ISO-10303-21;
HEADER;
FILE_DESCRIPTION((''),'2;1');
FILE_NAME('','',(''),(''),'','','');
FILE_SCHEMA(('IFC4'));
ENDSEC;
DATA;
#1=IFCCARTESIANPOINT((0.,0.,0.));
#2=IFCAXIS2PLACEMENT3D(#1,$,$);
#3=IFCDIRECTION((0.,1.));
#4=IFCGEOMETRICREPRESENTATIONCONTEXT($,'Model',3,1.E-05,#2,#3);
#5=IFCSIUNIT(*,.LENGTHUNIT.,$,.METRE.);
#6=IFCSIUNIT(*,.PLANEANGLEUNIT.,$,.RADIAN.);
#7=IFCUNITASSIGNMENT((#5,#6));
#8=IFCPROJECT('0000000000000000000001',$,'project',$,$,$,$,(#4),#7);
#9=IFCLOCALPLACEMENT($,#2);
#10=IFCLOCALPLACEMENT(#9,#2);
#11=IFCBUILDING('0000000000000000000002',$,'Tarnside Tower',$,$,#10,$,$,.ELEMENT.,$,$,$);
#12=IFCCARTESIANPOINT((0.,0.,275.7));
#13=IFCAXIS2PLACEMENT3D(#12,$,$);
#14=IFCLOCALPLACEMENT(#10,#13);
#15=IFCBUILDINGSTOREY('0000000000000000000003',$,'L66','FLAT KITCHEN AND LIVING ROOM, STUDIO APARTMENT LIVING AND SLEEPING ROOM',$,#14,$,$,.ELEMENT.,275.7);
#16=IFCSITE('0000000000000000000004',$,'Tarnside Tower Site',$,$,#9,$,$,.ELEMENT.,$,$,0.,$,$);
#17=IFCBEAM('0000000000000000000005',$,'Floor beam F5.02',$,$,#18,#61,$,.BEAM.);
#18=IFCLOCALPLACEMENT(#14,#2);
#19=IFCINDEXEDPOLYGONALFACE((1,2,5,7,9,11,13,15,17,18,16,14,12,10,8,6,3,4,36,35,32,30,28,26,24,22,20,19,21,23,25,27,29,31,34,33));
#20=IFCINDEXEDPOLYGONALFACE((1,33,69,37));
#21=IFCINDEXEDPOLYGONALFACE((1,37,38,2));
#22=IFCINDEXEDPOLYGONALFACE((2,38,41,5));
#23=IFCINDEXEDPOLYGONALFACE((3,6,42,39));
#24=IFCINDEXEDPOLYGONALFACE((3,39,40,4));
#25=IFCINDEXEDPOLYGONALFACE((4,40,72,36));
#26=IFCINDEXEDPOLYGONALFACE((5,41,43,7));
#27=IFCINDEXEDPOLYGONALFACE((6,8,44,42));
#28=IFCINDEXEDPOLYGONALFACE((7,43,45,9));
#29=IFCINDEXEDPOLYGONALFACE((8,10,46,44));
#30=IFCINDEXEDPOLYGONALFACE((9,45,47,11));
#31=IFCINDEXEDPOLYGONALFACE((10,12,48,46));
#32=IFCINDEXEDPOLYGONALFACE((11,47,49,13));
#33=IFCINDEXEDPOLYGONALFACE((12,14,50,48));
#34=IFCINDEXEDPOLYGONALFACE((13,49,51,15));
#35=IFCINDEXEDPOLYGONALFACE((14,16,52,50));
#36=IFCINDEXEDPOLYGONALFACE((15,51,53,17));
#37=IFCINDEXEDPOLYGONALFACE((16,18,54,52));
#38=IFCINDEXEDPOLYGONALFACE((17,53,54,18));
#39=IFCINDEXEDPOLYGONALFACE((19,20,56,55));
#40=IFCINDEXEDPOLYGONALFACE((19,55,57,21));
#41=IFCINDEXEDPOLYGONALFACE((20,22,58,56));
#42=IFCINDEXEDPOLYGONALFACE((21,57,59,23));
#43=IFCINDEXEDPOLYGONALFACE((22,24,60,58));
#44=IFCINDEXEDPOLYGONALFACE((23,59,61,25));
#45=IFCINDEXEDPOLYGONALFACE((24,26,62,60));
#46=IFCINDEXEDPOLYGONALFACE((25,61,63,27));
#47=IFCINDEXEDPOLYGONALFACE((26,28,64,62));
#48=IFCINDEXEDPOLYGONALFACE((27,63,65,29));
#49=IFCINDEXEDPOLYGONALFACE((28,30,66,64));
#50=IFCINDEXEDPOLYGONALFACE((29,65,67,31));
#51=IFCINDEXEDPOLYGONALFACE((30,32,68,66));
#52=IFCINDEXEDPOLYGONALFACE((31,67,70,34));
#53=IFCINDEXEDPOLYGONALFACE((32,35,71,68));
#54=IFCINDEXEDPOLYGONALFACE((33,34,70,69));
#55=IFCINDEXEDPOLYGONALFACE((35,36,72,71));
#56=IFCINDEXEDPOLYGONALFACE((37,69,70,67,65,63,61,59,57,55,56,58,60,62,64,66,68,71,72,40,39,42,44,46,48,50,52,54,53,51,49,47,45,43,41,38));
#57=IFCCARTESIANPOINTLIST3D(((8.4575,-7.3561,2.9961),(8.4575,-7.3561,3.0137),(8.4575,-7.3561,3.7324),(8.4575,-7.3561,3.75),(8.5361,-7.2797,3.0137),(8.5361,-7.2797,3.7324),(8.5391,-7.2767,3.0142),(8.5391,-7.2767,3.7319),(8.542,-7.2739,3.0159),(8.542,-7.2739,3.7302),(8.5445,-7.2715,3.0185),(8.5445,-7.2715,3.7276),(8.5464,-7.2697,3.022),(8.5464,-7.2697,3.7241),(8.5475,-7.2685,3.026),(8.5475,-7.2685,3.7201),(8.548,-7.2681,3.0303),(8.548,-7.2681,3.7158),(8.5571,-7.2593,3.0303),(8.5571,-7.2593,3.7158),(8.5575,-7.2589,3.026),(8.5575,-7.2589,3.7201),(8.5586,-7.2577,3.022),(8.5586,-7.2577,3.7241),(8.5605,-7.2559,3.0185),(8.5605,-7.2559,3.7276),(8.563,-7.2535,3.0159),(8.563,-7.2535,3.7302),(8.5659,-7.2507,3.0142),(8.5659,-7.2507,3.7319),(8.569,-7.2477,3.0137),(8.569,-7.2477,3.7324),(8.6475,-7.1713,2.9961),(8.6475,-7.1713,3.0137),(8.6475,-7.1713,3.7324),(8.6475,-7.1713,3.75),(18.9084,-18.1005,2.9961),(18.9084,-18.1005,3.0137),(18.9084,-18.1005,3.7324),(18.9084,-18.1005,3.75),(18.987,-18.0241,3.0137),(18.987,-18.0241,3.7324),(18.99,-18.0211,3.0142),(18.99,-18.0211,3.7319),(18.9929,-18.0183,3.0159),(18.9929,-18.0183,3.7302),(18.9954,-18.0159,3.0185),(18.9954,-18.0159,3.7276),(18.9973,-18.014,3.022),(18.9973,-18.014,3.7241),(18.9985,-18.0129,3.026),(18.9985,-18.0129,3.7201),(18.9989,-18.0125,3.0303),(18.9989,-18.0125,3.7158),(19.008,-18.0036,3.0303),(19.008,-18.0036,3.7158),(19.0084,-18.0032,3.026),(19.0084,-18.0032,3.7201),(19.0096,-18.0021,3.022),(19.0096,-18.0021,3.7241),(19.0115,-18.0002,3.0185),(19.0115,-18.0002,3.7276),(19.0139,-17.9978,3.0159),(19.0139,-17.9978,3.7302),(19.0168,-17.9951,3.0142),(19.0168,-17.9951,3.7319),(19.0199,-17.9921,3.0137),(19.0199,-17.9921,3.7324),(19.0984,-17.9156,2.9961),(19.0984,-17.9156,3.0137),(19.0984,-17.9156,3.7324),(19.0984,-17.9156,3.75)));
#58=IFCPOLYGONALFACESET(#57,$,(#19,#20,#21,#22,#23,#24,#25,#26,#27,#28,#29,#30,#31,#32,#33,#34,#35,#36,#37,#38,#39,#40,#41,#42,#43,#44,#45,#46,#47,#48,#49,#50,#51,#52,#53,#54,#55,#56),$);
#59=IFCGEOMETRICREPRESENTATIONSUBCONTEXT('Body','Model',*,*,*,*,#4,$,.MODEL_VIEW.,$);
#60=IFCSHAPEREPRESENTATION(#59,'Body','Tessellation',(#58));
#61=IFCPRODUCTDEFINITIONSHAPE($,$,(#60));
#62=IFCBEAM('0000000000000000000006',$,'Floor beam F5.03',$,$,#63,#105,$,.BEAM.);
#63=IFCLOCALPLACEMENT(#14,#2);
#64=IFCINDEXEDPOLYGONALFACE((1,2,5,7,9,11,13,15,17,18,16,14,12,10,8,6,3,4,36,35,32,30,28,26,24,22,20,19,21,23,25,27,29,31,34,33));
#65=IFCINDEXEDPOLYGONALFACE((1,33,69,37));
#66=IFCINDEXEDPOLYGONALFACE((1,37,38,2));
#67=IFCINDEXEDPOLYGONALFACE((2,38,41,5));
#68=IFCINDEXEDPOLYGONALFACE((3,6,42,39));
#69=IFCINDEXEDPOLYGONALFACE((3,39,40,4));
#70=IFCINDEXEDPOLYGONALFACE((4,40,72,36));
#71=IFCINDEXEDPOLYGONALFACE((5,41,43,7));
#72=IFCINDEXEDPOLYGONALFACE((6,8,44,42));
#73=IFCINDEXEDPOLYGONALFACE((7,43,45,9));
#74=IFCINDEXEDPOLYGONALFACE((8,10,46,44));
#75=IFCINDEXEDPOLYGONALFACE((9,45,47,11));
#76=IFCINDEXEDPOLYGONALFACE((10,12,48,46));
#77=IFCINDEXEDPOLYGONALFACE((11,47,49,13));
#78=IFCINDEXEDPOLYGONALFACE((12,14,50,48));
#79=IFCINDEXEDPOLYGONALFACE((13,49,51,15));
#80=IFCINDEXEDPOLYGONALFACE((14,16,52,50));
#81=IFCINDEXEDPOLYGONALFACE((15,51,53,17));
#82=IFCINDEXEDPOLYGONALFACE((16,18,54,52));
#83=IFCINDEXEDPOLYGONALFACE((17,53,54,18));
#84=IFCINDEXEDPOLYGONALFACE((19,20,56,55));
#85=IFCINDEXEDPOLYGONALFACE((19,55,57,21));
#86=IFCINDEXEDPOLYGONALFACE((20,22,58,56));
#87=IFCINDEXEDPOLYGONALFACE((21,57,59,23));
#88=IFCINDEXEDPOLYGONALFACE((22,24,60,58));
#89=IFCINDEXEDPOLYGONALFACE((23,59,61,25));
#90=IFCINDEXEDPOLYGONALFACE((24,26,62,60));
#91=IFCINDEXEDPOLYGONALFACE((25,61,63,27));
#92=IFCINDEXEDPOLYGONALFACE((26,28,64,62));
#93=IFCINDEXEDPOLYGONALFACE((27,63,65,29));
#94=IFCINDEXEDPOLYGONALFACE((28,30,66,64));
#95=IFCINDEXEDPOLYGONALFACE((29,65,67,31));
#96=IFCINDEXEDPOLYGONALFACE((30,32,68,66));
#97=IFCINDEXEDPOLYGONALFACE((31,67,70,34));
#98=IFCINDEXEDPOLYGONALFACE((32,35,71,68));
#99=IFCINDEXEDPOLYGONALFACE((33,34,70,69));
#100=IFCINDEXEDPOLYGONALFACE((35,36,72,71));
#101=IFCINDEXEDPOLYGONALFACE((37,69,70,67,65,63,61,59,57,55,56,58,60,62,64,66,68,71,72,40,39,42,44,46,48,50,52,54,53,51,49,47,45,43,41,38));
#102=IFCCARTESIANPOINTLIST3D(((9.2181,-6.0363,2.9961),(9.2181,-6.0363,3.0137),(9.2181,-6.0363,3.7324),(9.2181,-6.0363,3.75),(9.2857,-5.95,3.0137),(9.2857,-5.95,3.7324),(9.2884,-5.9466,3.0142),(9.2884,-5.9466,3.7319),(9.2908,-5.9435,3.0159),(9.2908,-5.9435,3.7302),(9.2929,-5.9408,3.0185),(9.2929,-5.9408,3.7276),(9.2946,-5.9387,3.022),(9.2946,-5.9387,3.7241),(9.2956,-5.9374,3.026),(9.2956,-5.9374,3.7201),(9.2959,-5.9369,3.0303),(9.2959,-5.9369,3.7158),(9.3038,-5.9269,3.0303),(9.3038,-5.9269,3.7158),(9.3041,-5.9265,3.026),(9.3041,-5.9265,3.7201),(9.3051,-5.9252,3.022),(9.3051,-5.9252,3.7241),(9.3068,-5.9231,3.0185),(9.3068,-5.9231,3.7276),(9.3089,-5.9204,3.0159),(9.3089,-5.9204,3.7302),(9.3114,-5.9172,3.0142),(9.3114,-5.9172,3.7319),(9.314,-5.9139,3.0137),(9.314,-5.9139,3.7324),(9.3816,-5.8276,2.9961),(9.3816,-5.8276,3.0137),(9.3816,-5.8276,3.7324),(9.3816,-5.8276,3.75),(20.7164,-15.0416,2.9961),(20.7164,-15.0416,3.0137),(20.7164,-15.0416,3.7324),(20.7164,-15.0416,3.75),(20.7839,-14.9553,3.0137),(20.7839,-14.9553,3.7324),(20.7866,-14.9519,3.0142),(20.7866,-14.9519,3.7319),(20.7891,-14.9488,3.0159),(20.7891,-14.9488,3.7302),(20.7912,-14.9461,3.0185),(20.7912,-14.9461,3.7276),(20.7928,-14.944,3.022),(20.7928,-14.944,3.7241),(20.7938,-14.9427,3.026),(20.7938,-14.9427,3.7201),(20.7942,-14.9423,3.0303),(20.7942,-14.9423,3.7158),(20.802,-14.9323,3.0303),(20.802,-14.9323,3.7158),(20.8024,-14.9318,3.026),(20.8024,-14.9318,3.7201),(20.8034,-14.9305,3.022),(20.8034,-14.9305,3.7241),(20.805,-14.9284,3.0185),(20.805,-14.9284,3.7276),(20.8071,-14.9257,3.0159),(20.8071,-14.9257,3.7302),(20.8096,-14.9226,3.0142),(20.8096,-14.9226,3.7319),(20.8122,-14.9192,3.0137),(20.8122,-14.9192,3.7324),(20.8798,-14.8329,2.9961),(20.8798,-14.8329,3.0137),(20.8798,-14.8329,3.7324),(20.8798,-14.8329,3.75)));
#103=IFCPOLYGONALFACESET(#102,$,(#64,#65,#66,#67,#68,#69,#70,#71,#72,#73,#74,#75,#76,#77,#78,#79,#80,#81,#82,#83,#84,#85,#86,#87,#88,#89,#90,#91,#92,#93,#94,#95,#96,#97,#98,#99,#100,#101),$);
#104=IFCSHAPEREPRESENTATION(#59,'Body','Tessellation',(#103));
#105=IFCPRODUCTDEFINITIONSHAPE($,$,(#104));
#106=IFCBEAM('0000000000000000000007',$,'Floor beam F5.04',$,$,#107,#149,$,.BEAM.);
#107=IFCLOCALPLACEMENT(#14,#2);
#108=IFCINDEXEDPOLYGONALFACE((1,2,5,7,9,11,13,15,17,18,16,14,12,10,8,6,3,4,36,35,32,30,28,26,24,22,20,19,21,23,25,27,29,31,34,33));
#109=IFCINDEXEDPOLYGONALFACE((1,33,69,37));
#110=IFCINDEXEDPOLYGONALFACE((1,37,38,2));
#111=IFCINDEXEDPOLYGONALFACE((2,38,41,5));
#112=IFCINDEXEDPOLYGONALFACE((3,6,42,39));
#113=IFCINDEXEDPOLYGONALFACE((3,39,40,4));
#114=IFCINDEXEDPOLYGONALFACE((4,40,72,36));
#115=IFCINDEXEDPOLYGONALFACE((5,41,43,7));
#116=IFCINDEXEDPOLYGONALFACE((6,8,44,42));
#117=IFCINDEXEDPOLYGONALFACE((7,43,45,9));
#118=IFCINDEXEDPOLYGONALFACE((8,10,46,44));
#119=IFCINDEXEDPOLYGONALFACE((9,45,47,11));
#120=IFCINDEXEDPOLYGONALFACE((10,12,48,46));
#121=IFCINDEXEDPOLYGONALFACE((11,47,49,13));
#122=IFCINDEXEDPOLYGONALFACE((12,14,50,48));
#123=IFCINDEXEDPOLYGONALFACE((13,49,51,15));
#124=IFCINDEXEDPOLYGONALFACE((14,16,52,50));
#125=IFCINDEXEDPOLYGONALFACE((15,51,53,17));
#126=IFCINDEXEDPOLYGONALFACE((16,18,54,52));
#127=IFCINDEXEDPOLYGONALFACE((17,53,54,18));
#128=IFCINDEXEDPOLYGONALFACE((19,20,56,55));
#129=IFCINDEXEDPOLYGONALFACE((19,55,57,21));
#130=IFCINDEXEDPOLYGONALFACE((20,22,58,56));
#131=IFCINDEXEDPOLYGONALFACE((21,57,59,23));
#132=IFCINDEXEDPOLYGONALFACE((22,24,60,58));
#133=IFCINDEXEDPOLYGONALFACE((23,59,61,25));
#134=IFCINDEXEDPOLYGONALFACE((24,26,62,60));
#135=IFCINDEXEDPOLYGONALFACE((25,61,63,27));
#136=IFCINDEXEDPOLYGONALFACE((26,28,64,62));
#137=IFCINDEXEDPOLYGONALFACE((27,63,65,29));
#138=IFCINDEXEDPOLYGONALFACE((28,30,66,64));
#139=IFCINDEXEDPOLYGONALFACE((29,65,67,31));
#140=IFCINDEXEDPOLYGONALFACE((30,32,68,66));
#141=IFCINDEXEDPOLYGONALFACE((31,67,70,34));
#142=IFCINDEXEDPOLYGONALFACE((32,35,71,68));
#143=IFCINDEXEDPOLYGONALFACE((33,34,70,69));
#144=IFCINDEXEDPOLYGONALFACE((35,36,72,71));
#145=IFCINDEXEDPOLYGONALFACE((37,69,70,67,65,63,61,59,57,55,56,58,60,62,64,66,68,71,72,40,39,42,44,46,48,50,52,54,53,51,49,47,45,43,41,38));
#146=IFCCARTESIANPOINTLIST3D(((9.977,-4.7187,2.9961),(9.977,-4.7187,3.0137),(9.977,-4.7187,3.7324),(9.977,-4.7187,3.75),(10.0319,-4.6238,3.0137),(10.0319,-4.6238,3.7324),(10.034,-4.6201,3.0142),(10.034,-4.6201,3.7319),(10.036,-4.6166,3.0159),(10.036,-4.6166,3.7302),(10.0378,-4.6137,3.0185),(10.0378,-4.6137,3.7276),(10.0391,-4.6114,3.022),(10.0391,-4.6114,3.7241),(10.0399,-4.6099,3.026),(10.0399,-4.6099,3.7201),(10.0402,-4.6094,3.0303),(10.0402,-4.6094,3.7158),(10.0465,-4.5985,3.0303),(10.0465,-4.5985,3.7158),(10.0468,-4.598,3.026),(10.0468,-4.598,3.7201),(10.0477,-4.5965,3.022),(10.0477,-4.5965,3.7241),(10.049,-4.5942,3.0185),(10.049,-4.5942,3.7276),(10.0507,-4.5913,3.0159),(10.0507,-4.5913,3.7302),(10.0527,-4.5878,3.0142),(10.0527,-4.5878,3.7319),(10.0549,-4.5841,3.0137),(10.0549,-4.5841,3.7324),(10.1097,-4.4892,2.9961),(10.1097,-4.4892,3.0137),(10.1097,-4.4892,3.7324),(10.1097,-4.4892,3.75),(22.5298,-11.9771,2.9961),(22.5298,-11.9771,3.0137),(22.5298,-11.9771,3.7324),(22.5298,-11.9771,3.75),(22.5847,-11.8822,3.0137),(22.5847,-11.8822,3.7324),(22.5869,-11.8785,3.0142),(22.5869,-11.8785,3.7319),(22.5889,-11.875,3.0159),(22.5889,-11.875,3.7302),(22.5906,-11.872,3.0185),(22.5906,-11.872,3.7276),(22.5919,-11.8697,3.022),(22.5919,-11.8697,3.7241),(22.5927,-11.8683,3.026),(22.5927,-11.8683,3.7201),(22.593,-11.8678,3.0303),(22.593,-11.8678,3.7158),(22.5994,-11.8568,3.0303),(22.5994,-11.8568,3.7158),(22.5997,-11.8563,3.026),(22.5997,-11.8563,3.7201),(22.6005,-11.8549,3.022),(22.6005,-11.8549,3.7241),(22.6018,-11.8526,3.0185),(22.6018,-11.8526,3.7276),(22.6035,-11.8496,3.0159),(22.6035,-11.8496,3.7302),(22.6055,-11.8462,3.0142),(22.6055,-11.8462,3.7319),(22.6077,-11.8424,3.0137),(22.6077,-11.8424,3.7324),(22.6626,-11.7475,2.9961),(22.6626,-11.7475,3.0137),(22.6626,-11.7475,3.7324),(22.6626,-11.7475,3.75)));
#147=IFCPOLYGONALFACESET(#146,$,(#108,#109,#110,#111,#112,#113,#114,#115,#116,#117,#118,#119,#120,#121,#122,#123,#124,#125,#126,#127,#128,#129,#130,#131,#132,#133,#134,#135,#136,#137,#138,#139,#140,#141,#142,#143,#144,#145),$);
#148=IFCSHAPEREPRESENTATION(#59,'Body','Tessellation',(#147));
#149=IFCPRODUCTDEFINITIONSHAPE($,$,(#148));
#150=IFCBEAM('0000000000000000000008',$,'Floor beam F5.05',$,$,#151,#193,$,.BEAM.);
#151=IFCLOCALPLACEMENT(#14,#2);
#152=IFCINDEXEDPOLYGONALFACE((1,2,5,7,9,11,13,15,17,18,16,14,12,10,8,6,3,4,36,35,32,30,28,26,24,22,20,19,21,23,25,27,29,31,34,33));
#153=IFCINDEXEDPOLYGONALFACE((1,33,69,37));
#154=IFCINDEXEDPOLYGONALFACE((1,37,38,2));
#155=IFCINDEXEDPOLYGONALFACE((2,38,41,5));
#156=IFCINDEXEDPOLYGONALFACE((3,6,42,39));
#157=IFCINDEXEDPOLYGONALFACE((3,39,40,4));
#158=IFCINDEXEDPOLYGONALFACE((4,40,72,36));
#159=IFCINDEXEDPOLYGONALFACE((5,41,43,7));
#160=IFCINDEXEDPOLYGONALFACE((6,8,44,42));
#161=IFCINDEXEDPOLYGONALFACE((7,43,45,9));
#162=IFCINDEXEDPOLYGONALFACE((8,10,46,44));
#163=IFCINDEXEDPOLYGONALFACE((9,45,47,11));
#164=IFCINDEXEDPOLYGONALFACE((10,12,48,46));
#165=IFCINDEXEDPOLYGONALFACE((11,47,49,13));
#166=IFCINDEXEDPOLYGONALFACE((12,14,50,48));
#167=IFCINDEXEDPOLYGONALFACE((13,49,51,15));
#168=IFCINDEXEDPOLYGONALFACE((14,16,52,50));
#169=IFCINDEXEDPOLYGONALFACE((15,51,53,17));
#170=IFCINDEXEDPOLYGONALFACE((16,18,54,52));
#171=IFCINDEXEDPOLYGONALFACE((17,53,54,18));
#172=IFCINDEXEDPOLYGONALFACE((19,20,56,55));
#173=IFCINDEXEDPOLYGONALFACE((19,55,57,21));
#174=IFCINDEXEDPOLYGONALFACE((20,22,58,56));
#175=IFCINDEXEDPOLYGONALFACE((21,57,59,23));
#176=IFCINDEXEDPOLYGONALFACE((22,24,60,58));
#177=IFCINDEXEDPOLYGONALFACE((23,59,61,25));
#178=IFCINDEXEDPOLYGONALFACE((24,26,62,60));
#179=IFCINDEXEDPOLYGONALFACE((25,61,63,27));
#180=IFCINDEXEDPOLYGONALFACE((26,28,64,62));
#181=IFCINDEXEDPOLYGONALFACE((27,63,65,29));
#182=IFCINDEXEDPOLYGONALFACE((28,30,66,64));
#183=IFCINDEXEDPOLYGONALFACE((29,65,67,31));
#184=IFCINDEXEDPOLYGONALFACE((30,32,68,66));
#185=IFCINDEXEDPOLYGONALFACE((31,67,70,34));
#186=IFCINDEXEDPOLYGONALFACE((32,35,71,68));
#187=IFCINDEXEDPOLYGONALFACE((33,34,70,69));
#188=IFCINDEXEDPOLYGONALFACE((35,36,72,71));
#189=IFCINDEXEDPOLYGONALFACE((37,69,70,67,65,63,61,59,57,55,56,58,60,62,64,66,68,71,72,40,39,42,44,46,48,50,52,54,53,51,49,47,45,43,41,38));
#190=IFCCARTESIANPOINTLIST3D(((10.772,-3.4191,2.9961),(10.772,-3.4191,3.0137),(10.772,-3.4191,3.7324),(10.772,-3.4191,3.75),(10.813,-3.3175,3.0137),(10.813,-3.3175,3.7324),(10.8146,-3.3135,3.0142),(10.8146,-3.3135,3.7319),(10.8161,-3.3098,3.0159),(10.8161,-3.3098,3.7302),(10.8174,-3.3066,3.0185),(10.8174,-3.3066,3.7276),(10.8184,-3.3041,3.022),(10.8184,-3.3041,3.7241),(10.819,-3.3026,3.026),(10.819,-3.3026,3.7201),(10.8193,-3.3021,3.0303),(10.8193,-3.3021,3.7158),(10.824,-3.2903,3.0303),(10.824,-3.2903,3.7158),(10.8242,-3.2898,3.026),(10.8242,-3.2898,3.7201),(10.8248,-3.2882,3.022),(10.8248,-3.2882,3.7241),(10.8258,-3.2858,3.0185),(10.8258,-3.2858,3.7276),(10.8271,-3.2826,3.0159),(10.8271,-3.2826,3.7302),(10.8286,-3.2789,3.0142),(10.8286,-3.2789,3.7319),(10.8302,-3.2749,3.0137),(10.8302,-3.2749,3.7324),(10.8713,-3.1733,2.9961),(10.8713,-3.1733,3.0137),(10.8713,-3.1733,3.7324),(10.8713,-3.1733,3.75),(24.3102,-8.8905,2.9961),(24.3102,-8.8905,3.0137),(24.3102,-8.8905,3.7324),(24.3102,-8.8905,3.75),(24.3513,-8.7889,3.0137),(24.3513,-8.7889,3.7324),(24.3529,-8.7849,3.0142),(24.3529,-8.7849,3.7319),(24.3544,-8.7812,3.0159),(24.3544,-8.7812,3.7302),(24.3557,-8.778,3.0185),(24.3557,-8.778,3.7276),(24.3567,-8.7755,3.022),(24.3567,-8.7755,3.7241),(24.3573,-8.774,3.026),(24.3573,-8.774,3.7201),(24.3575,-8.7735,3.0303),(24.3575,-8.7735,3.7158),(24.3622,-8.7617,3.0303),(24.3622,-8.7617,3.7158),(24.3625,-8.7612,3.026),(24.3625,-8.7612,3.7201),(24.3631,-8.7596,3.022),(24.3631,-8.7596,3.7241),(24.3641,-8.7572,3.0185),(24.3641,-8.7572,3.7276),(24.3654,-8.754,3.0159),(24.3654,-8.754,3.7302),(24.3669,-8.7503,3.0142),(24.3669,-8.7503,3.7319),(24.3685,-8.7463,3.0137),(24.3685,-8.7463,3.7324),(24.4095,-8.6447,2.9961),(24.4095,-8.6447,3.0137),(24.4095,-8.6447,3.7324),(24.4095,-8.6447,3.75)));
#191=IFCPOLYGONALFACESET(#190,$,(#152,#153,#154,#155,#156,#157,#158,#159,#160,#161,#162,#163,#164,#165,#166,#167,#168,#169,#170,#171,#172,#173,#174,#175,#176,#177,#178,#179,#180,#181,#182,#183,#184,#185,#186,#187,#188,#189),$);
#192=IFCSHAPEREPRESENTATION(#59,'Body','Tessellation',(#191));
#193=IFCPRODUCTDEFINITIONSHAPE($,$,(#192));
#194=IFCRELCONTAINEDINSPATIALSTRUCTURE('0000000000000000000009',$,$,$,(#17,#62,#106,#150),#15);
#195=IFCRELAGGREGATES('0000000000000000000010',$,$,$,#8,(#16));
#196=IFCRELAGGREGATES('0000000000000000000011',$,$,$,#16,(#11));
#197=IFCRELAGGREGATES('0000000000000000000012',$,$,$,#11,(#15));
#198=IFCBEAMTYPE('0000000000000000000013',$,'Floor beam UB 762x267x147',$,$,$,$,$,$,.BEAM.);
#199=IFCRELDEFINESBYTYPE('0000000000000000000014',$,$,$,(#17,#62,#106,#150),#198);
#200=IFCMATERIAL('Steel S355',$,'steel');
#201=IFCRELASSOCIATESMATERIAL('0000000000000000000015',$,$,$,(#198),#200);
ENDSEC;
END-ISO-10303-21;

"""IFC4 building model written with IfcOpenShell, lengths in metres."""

from ifc_helpers import new_model, si_unit, direction, frame, origin, origin_2d, place, context, subcontext, project, spatial, i_section, extrude, material, material_profile, profile_set, type_object, element, save


model = new_model("IFC4")

# Units and contexts
model_context = context("Model", 3, precision=1e-05, world=origin(), true_north=direction((0.0, 1.0)))
body_context = subcontext(model_context, "Body", "Model", "MODEL_VIEW")
ifc_project = project(units=[si_unit("LENGTHUNIT", "METRE"), si_unit("PLANEANGLEUNIT", "RADIAN")], contexts=[model_context])

# Site, building, storey
site_placement = place(None, origin())
site = spatial("IfcSite", under=ifc_project, at=site_placement, Name="Tarnside Tower Site", CompositionType="ELEMENT", RefElevation=0.0)
building_placement = place(site_placement, origin())
building = spatial("IfcBuilding", under=site, at=building_placement, Name="Tarnside Tower", CompositionType="ELEMENT")
storey_placement = place(building_placement, frame((0.0, 0.0, 275.7)))
storey = spatial("IfcBuildingStorey", under=building, at=storey_placement, Name="L66", Description="FLAT KITCHEN AND LIVING ROOM, STUDIO APARTMENT LIVING AND SLEEPING ROOM", CompositionType="ELEMENT", Elevation=275.7)

# Beams
ifc_material_1 = material(Name="Steel S355", Category="steel")
ifc_material_profile_1 = material_profile(ifc_material_1, i_section(OverallWidth=0.2651, OverallDepth=0.7539, WebThickness=0.0127, FlangeThickness=0.0176, FilletRadius=0.0166, at=origin_2d()), Name="UB 762x267x147")
ifc_profile_set_1 = profile_set([ifc_material_profile_1], Name="Steel S355")
beam_type_1 = type_object("IfcBeamType", Name="Floor beam UB 762x267x147", PredefinedType="BEAM", material=ifc_profile_set_1)
beam_1_placement = place(storey_placement, frame((19.0034, -18.0081, 3.373), z_axis=(-0.69725, 0.716828, 0.0), x_axis=(-0.716828, -0.69725, 0.0)))
element("IfcBeam", 1, at=beam_1_placement, inside=storey, type_object=beam_type_1, Name="Floor beam F5.02", PredefinedType="BEAM", context=body_context, shape_type="SweptSolid", body=[
    extrude(i_section(OverallWidth=0.2651, OverallDepth=0.7539, WebThickness=0.0127, FlangeThickness=0.0176, FilletRadius=0.0166, at=origin_2d()), origin(), (0.0, 0.0, 1.0), 14.9888),
])
beam_2_placement = place(storey_placement, frame((20.7981, -14.9373, 3.373), z_axis=(-0.787282, 0.616593, 0.0), x_axis=(-0.616593, -0.787282, 0.0)))
element("IfcBeam", 2, at=beam_2_placement, inside=storey, type_object=beam_type_1, Name="Floor beam F5.03", PredefinedType="BEAM", context=body_context, shape_type="SweptSolid", body=[
    extrude(i_section(OverallWidth=0.2651, OverallDepth=0.7539, WebThickness=0.0127, FlangeThickness=0.0176, FilletRadius=0.0166, at=origin_2d()), origin(), (0.0, 0.0, 1.0), 14.605),
])
beam_3_placement = place(storey_placement, frame((22.5962, -11.8623, 3.373), z_axis=(-0.865697, 0.500568, 0.0), x_axis=(-0.500568, -0.865697, 0.0)))
element("IfcBeam", 3, at=beam_3_placement, inside=storey, type_object=beam_type_1, Name="Floor beam F5.04", PredefinedType="BEAM", context=body_context, shape_type="SweptSolid", body=[
    extrude(i_section(OverallWidth=0.2651, OverallDepth=0.7539, WebThickness=0.0127, FlangeThickness=0.0176, FilletRadius=0.0166, at=origin_2d()), origin(), (0.0, 0.0, 1.0), 14.5002),
])
beam_4_placement = place(storey_placement, frame((24.3599, -8.7676, 3.373), z_axis=(-0.927146, 0.374701, 0.0), x_axis=(-0.374701, -0.927146, 0.0)))
element("IfcBeam", 4, at=beam_4_placement, inside=storey, type_object=beam_type_1, Name="Floor beam F5.05", PredefinedType="BEAM", context=body_context, shape_type="SweptSolid", body=[
    extrude(i_section(OverallWidth=0.2651, OverallDepth=0.7539, WebThickness=0.0127, FlangeThickness=0.0176, FilletRadius=0.0166, at=origin_2d()), origin(), (0.0, 0.0, 1.0), 14.6021),
])

save(model, "model.ifc")
